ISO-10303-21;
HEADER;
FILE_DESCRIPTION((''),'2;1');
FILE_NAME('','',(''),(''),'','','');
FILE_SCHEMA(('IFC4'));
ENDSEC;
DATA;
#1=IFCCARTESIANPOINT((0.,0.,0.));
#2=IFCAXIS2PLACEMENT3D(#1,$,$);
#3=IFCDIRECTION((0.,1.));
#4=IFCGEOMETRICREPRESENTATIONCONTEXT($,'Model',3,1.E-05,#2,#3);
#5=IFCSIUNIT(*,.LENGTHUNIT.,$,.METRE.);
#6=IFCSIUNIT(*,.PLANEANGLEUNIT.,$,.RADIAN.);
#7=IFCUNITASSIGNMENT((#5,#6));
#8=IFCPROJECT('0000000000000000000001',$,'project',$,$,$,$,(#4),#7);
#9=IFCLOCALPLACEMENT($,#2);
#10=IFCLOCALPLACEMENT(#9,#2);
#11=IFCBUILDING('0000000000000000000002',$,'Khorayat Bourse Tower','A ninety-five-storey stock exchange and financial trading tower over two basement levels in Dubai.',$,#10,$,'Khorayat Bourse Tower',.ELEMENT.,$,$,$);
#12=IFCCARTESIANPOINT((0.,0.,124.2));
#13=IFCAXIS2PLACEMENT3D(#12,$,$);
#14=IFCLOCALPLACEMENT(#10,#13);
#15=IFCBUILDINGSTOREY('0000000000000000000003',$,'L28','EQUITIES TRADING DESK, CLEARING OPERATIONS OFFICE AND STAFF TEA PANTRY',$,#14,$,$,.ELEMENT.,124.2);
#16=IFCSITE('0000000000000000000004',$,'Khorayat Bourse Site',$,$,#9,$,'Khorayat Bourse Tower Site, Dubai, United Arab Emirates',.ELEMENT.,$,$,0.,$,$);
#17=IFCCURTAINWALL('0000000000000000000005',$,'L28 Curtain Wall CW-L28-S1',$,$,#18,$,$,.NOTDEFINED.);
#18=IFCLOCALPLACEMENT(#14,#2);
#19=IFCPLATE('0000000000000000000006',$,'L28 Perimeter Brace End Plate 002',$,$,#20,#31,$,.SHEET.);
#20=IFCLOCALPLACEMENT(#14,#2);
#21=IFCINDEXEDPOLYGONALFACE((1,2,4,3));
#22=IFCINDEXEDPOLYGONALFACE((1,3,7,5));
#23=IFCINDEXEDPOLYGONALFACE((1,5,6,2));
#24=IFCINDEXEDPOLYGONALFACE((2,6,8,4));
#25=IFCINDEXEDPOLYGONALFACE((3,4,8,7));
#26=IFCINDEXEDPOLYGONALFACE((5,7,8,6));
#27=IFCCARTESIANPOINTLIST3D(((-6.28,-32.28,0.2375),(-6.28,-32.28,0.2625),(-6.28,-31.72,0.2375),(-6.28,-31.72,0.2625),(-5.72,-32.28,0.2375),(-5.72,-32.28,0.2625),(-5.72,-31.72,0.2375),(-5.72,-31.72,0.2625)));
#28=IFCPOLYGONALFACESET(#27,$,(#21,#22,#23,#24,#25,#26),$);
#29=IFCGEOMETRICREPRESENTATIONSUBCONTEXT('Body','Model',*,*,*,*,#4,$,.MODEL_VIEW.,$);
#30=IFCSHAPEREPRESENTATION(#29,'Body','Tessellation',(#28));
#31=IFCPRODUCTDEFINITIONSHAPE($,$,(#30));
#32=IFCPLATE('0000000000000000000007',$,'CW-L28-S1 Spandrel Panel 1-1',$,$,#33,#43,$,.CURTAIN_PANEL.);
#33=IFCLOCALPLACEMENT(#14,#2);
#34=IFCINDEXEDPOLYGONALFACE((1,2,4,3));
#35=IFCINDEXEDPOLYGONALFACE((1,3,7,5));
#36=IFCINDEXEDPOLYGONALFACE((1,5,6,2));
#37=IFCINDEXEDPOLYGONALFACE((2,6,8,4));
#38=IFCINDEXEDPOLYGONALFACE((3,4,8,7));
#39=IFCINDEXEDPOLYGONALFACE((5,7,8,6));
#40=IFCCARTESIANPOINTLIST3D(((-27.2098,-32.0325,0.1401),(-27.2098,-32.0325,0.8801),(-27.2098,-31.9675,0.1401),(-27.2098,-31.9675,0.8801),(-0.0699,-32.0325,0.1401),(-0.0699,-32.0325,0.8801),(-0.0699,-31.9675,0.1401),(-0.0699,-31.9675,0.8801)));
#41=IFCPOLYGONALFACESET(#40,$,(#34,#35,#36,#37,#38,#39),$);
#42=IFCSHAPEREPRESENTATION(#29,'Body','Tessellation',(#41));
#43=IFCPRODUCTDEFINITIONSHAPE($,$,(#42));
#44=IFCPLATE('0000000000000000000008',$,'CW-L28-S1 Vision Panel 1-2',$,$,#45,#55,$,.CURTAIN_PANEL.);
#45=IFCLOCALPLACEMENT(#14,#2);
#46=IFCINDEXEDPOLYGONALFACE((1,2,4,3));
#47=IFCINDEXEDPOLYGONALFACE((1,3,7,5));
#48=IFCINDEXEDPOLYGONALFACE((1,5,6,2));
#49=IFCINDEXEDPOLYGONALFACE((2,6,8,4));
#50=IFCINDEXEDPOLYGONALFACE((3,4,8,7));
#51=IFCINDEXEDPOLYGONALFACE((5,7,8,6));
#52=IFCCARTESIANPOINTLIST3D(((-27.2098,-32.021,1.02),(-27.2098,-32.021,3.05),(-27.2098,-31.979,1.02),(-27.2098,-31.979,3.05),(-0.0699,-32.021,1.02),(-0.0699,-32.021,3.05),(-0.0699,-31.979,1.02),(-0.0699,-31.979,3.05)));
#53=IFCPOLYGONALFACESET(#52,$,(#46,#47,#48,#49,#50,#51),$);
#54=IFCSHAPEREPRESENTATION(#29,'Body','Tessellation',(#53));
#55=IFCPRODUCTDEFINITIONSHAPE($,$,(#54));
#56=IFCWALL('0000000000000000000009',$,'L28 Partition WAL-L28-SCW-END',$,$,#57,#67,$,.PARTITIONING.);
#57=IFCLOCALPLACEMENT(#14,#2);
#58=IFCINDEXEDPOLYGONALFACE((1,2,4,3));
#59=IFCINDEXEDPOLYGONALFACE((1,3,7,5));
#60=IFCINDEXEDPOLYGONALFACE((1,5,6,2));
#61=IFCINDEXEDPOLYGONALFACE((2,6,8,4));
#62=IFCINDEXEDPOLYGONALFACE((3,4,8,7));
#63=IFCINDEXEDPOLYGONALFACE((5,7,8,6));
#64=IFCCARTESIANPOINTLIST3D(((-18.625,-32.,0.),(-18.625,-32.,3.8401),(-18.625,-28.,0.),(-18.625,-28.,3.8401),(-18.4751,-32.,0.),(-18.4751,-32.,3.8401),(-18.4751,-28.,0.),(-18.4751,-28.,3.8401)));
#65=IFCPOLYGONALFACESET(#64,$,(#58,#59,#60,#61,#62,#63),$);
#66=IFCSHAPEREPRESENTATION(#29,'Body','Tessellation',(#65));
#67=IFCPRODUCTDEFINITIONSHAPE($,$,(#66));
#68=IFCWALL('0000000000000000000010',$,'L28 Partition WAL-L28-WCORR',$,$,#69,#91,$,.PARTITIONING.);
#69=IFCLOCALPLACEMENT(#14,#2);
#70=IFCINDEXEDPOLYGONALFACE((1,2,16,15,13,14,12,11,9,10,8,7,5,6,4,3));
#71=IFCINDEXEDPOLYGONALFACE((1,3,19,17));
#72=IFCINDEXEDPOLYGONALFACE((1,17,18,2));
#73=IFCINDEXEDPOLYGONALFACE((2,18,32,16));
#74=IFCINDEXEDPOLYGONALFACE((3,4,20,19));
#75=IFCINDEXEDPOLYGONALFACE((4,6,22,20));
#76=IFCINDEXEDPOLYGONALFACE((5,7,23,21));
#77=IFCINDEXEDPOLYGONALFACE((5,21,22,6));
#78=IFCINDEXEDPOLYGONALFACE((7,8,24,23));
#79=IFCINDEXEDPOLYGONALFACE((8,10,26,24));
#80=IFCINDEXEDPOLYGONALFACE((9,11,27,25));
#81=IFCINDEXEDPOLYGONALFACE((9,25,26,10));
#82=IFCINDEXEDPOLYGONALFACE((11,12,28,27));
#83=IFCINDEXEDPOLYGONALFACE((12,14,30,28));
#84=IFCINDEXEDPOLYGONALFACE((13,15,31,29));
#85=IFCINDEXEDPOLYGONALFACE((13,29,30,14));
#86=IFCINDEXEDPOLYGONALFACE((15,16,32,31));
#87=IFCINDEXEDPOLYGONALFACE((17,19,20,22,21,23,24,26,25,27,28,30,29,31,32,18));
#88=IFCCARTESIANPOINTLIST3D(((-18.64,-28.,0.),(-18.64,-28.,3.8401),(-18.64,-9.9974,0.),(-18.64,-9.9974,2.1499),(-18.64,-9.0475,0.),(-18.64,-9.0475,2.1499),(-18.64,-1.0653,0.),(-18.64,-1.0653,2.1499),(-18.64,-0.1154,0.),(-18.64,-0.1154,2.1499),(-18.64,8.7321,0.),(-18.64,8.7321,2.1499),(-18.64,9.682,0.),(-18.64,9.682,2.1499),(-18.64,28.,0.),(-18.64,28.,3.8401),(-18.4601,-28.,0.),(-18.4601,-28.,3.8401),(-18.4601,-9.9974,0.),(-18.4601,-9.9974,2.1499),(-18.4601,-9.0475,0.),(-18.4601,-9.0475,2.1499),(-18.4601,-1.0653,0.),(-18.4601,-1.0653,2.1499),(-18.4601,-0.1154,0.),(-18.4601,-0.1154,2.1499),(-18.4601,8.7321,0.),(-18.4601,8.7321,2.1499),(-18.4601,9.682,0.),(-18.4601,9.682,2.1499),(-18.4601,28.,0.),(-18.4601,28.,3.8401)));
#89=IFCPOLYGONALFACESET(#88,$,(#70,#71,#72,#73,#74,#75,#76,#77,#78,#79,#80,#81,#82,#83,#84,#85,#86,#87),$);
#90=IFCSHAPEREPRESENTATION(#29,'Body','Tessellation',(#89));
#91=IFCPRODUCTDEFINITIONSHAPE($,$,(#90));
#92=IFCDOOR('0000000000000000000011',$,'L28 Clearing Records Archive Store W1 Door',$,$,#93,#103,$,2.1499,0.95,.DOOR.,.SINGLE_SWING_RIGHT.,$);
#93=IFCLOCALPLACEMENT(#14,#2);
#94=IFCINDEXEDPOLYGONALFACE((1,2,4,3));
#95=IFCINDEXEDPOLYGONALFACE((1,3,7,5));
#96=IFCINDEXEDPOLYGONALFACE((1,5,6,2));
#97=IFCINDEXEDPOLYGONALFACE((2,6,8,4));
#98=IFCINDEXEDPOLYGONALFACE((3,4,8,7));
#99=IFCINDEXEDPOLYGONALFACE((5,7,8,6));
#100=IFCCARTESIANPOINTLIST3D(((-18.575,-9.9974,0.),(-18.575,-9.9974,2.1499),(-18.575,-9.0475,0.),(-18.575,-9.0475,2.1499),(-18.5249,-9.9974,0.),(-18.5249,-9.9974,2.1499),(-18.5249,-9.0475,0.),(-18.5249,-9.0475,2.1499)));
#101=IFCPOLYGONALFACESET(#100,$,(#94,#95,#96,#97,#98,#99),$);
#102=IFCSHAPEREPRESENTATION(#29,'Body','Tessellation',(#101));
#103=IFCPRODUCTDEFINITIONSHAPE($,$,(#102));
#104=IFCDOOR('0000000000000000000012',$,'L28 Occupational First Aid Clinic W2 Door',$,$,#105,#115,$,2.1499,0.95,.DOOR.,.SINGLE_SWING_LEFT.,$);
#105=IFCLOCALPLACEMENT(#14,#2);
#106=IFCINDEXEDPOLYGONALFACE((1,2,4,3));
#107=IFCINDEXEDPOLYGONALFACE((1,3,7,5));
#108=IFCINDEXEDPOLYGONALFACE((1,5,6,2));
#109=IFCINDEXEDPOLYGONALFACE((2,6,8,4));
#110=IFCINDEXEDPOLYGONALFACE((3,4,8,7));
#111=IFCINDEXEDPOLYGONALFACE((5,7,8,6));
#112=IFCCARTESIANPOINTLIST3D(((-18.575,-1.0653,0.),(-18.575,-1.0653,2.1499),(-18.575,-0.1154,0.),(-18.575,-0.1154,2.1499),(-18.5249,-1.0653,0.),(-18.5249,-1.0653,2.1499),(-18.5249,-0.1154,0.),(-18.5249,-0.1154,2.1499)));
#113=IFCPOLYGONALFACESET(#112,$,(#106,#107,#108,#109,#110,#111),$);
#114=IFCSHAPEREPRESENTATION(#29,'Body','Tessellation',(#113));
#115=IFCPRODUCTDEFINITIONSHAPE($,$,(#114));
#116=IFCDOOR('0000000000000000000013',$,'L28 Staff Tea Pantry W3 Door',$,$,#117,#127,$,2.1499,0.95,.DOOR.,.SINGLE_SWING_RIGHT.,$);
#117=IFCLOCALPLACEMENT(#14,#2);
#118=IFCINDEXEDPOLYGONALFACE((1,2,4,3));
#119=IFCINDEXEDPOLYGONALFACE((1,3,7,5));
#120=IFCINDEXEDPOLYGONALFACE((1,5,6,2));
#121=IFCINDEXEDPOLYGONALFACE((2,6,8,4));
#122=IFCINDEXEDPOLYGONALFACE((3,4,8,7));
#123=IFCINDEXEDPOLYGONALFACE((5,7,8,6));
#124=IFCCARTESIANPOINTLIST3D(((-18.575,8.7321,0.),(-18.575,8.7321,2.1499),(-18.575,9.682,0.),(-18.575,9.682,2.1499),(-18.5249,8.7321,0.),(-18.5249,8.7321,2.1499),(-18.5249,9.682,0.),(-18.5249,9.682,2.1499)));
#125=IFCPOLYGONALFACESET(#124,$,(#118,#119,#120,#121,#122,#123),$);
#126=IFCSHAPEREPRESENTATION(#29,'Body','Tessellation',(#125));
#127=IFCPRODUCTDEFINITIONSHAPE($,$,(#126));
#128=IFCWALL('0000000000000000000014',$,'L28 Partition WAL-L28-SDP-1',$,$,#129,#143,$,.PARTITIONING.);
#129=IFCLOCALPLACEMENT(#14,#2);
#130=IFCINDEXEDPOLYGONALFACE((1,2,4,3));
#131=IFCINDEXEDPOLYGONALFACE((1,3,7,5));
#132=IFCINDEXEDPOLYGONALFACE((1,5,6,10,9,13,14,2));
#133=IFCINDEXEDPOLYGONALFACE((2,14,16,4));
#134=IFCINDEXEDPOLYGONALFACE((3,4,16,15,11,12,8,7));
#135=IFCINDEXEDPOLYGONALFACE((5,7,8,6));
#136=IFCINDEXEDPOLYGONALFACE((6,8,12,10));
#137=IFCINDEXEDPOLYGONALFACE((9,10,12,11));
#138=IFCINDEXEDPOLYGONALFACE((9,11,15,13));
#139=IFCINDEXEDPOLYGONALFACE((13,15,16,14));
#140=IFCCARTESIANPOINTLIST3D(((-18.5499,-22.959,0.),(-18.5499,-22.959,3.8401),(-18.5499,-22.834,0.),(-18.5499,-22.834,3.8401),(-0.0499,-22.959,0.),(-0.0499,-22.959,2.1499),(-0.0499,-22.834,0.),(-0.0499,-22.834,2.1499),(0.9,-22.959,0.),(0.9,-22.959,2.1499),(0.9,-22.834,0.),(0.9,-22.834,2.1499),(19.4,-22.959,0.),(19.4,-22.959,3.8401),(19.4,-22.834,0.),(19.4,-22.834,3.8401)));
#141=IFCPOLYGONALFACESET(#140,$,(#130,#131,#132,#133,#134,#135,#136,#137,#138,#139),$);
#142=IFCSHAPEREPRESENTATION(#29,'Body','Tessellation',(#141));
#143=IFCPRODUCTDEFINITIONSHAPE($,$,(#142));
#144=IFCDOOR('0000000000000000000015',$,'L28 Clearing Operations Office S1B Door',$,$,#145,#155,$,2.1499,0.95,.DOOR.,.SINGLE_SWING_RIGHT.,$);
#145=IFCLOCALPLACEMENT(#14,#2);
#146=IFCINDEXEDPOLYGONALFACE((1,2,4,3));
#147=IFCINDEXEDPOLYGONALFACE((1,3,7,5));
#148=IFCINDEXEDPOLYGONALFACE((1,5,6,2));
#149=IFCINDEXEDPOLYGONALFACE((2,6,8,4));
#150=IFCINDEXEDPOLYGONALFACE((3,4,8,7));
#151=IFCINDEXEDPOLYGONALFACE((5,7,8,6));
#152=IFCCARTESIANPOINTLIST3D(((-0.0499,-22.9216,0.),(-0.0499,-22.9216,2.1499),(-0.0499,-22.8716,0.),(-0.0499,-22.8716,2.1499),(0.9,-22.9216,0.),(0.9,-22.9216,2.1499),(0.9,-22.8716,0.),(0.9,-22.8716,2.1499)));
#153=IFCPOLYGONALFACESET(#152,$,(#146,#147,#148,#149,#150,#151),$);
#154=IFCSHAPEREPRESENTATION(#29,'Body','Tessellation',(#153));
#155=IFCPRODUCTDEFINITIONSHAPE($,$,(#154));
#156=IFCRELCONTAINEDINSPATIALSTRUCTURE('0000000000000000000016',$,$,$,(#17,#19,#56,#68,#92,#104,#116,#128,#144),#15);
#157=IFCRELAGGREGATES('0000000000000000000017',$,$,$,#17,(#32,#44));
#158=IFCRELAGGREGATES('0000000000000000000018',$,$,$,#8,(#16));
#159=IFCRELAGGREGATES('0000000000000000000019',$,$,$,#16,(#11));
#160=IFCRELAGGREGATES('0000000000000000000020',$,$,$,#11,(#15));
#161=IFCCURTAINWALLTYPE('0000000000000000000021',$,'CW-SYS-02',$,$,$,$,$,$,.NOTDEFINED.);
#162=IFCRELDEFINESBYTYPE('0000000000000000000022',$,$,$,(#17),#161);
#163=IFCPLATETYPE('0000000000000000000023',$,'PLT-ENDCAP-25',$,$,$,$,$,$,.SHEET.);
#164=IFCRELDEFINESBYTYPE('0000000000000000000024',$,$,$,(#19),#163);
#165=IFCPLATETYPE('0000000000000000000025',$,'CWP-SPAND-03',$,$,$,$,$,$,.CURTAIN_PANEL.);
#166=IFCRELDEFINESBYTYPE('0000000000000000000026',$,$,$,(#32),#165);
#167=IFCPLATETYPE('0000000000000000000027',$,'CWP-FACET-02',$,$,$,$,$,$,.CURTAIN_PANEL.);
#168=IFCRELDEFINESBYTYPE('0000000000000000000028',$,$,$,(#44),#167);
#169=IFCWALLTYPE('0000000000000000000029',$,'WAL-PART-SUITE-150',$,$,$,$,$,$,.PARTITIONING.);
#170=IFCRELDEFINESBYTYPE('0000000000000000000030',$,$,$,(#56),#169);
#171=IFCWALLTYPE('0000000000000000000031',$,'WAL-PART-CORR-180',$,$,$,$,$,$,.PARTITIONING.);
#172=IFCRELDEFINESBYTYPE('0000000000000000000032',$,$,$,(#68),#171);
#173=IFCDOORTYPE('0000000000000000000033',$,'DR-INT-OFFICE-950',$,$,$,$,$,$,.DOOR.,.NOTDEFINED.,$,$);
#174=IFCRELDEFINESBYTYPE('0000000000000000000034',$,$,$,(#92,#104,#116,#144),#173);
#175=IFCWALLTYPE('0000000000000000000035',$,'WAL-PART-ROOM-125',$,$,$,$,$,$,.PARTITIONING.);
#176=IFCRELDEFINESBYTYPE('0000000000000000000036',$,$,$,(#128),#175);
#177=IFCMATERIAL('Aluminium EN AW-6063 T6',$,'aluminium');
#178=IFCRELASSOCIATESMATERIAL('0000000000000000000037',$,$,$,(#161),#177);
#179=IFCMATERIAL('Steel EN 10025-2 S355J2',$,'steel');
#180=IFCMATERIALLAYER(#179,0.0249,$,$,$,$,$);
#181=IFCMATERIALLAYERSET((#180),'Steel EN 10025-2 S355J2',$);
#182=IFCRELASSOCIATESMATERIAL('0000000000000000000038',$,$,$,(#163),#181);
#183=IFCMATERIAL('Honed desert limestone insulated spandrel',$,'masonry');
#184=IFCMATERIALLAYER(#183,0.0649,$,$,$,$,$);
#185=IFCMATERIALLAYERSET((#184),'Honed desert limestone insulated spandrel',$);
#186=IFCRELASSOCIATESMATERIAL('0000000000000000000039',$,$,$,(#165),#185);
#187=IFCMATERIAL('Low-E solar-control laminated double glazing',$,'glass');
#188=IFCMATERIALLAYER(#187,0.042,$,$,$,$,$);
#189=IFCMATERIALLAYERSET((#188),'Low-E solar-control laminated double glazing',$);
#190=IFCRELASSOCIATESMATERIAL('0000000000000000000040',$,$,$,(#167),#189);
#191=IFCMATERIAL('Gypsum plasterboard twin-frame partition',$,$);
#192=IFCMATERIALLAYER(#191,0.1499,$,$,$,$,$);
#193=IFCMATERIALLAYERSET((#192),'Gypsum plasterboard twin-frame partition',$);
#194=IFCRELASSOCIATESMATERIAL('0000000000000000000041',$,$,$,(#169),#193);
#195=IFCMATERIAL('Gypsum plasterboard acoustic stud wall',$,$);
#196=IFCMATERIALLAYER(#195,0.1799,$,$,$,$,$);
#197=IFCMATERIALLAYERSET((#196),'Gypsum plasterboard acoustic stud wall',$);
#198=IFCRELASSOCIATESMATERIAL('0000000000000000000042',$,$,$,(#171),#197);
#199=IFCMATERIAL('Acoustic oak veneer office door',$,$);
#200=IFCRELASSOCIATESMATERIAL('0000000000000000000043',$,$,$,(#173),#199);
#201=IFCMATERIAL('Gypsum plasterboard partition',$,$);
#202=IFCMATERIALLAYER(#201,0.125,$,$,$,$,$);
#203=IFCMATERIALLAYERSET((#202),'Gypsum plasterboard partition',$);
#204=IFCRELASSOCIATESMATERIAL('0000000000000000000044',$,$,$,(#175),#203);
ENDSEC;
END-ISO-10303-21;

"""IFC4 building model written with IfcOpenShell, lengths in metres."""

from ifc_helpers import new_model, si_unit, direction, frame, frame_2d, origin, origin_2d, place, context, subcontext, project, spatial, rectangle, extrude, source, transform, mapped, material, layer, layer_set, type_object, element, fill, aggregate, save


model = new_model("IFC4")

# Units and contexts
model_context = context("Model", 3, precision=1e-05, world=origin(), true_north=direction((0.0, 1.0)))
body_context = subcontext(model_context, "Body", "Model", "MODEL_VIEW")
ifc_project = project(units=[si_unit("LENGTHUNIT", "METRE"), si_unit("PLANEANGLEUNIT", "RADIAN")], contexts=[model_context])

# Site, building, storey
site_placement = place(None, origin())
site = spatial("IfcSite", under=ifc_project, at=site_placement, Name="Khorayat Bourse Site", LongName="Khorayat Bourse Tower Site, Dubai, United Arab Emirates", CompositionType="ELEMENT", RefElevation=0.0)
building_placement = place(site_placement, origin())
building = spatial("IfcBuilding", under=site, at=building_placement, Name="Khorayat Bourse Tower", Description="A ninety-five-storey stock exchange and financial trading tower over two basement levels in Dubai.", LongName="Khorayat Bourse Tower", CompositionType="ELEMENT")
storey_placement = place(building_placement, frame((0.0, 0.0, 124.2)))
storey = spatial("IfcBuildingStorey", under=building, at=storey_placement, Name="L28", Description="EQUITIES TRADING DESK, CLEARING OPERATIONS OFFICE AND STAFF TEA PANTRY", CompositionType="ELEMENT", Elevation=124.2)

# Curtain wall
ifc_material_1 = material(Name="Aluminium EN AW-6063 T6", Category="aluminium")
curtain_wall_type = type_object("IfcCurtainWallType", Name="CW-SYS-02", PredefinedType="NOTDEFINED", material=ifc_material_1)
curtain_wall_placement = place(storey_placement, origin())
curtain_wall = element("IfcCurtainWall", 1, at=curtain_wall_placement, inside=storey, type_object=curtain_wall_type, Name="L28 Curtain Wall CW-L28-S1", PredefinedType="NOTDEFINED")

# Plate
ifc_material_2 = material(Name="Steel EN 10025-2 S355J2", Category="steel")
ifc_layer_1 = layer(ifc_material_2, 0.0249)
ifc_layer_set_1 = layer_set([ifc_layer_1], Name="Steel EN 10025-2 S355J2")
plate_type_1 = type_object("IfcPlateType", Name="PLT-ENDCAP-25", PredefinedType="SHEET", material=ifc_layer_set_1)
shared_shape_1 = source(origin(), body_context, "Body", "SweptSolid", [
    extrude(rectangle(XDim=0.5601, YDim=0.5601, at=origin_2d()), origin(), (0.0, 0.0, 1.0), 0.0249),
])
for number, where, z_axis, x_axis, name in (
    (2, (-6.0, -32.0, 0.2375), (0.0, 0.0, 1.0), (1.0, 0.0, 0.0), "L28 Perimeter Brace End Plate 002"),
):
    element("IfcPlate", number, at=place(storey_placement, frame(where, z_axis=z_axis, x_axis=x_axis)), inside=storey, type_object=plate_type_1, Name=name, PredefinedType="SHEET", context=body_context, shape_type="MappedRepresentation", body=[
        mapped(shared_shape_1, transform((0.0, 0.0, 0.0), scale=1.0)),
    ])

# Plates
ifc_material_3 = material(Name="Honed desert limestone insulated spandrel", Category="masonry")
ifc_layer_2 = layer(ifc_material_3, 0.0649)
ifc_layer_set_2 = layer_set([ifc_layer_2], Name="Honed desert limestone insulated spandrel")
plate_type_2 = type_object("IfcPlateType", Name="CWP-SPAND-03", PredefinedType="CURTAIN_PANEL", material=ifc_layer_set_2)
shared_shape_2 = source(origin(), body_context, "Body", "SweptSolid", [
    extrude(rectangle(XDim=27.1399, YDim=0.0649, at=origin_2d()), origin(), (0.0, 0.0, 1.0), 0.74),
])
plate_1_placement = place(storey_placement, frame((-13.6399, -32.0, 0.1401), z_axis=(0.0, 0.0, 1.0), x_axis=(1.0, 0.0, 0.0)))
plate_1 = element("IfcPlate", 3, at=plate_1_placement, type_object=plate_type_2, Name="CW-L28-S1 Spandrel Panel 1-1", PredefinedType="CURTAIN_PANEL", context=body_context, shape_type="MappedRepresentation", body=[
    mapped(shared_shape_2, transform((0.0, 0.0, 0.0), scale=1.0)),
])
ifc_material_4 = material(Name="Low-E solar-control laminated double glazing", Category="glass")
ifc_layer_3 = layer(ifc_material_4, 0.042)
ifc_layer_set_3 = layer_set([ifc_layer_3], Name="Low-E solar-control laminated double glazing")
plate_type_3 = type_object("IfcPlateType", Name="CWP-FACET-02", PredefinedType="CURTAIN_PANEL", material=ifc_layer_set_3)
shared_shape_3 = source(origin(), body_context, "Body", "SweptSolid", [
    extrude(rectangle(XDim=27.1399, YDim=0.042, at=origin_2d()), origin(), (0.0, 0.0, 1.0), 2.03),
])
plate_2_placement = place(storey_placement, frame((-13.6399, -32.0, 1.02), z_axis=(0.0, 0.0, 1.0), x_axis=(1.0, 0.0, 0.0)))
plate_2 = element("IfcPlate", 4, at=plate_2_placement, type_object=plate_type_3, Name="CW-L28-S1 Vision Panel 1-2", PredefinedType="CURTAIN_PANEL", context=body_context, shape_type="MappedRepresentation", body=[
    mapped(shared_shape_3, transform((0.0, 0.0, 0.0), scale=1.0)),
])
aggregate(curtain_wall, [plate_1, plate_2])

# Wall
ifc_material_5 = material(Name="Gypsum plasterboard twin-frame partition")
ifc_layer_4 = layer(ifc_material_5, 0.1499)
ifc_layer_set_4 = layer_set([ifc_layer_4], Name="Gypsum plasterboard twin-frame partition")
wall_type_1 = type_object("IfcWallType", Name="WAL-PART-SUITE-150", PredefinedType="PARTITIONING", material=ifc_layer_set_4)
shared_shape_4 = source(origin(), body_context, "Body", "SweptSolid", [
    extrude(rectangle(XDim=4.0, YDim=0.1499, at=frame_2d((2.0, 0.0))), origin(), (0.0, 0.0, 1.0), 3.8401),
])
wall_1_placement = place(storey_placement, frame((-18.55, -32.0, 0.0), z_axis=(0.0, 0.0, 1.0), x_axis=(0.0, 1.0, 0.0)))
element("IfcWall", 5, at=wall_1_placement, inside=storey, type_object=wall_type_1, Name="L28 Partition WAL-L28-SCW-END", PredefinedType="PARTITIONING", context=body_context, shape_type="MappedRepresentation", body=[
    mapped(shared_shape_4, transform((0.0, 0.0, 0.0), scale=1.0)),
])

# Wall, openings, doors
ifc_material_6 = material(Name="Gypsum plasterboard acoustic stud wall")
ifc_layer_5 = layer(ifc_material_6, 0.1799)
ifc_layer_set_5 = layer_set([ifc_layer_5], Name="Gypsum plasterboard acoustic stud wall")
wall_type_2 = type_object("IfcWallType", Name="WAL-PART-CORR-180", PredefinedType="PARTITIONING", material=ifc_layer_set_5)
shared_shape_5 = source(origin(), body_context, "Body", "SweptSolid", [
    extrude(rectangle(XDim=56.0, YDim=0.1799, at=frame_2d((28.0, 0.0))), origin(), (0.0, 0.0, 1.0), 3.8401),
])
wall_2_placement = place(storey_placement, frame((-18.55, -28.0, 0.0), z_axis=(0.0, 0.0, 1.0), x_axis=(0.0, 1.0, 0.0)))
wall_2 = element("IfcWall", 6, at=wall_2_placement, inside=storey, type_object=wall_type_2, Name="L28 Partition WAL-L28-WCORR", PredefinedType="PARTITIONING", context=body_context, shape_type="MappedRepresentation", body=[
    mapped(shared_shape_5, transform((0.0, 0.0, 0.0), scale=1.0)),
])
shared_shape_6 = source(origin(), body_context, "Body", "SweptSolid", [
    extrude(rectangle(XDim=0.95, YDim=2.1499, at=frame_2d((0.4751, 1.075))), frame((0.0, 0.0999, 0.0), z_axis=(0.0, -1.0, 0.0), x_axis=(1.0, 0.0, 0.0)), (0.0, 0.0, 1.0), 0.2),
])
opening_1_placement = place(wall_2_placement, frame((18.0024, 0.0, 0.0)))
opening_1 = element("IfcOpeningElement", 7, at=opening_1_placement, cuts=wall_2, PredefinedType="OPENING", context=body_context, shape_type="MappedRepresentation", body=[
    mapped(shared_shape_6, transform((0.0, 0.0, 0.0), scale=1.0)),
])
opening_2_placement = place(wall_2_placement, frame((26.9346, 0.0, 0.0)))
opening_2 = element("IfcOpeningElement", 8, at=opening_2_placement, cuts=wall_2, PredefinedType="OPENING", context=body_context, shape_type="MappedRepresentation", body=[
    mapped(shared_shape_6, transform((0.0, 0.0, 0.0), scale=1.0)),
])
opening_3_placement = place(wall_2_placement, frame((36.7319, 0.0, 0.0)))
opening_3 = element("IfcOpeningElement", 9, at=opening_3_placement, cuts=wall_2, PredefinedType="OPENING", context=body_context, shape_type="MappedRepresentation", body=[
    mapped(shared_shape_6, transform((0.0, 0.0, 0.0), scale=1.0)),
])
ifc_material_7 = material(Name="Acoustic oak veneer office door")
door_type_1 = type_object("IfcDoorType", Name="DR-INT-OFFICE-950", OperationType="NOTDEFINED", PredefinedType="DOOR", material=ifc_material_7)
shared_shape_7 = source(origin(), body_context, "Body", "SweptSolid", [
    extrude(rectangle(XDim=0.95, YDim=2.1499, at=frame_2d((0.4751, 1.075))), frame((0.0, 0.0249, 0.0), z_axis=(0.0, -1.0, 0.0), x_axis=(1.0, 0.0, 0.0)), (0.0, 0.0, 1.0), 0.05),
])
door_1_placement = place(opening_1_placement, origin())
door_1 = element("IfcDoor", 10, at=door_1_placement, inside=storey, type_object=door_type_1, Name="L28 Clearing Records Archive Store W1 Door", OperationType="SINGLE_SWING_RIGHT", OverallHeight=2.1499, OverallWidth=0.95, PredefinedType="DOOR", context=body_context, shape_type="MappedRepresentation", body=[
    mapped(shared_shape_7, transform((0.0, 0.0, 0.0), scale=1.0)),
])
fill(opening_1, door_1)
door_2_placement = place(opening_2_placement, origin())
door_2 = element("IfcDoor", 11, at=door_2_placement, inside=storey, type_object=door_type_1, Name="L28 Occupational First Aid Clinic W2 Door", OperationType="SINGLE_SWING_LEFT", OverallHeight=2.1499, OverallWidth=0.95, PredefinedType="DOOR", context=body_context, shape_type="MappedRepresentation", body=[
    mapped(shared_shape_7, transform((0.0, 0.0, 0.0), scale=1.0)),
])
fill(opening_2, door_2)
door_3_placement = place(opening_3_placement, origin())
door_3 = element("IfcDoor", 12, at=door_3_placement, inside=storey, type_object=door_type_1, Name="L28 Staff Tea Pantry W3 Door", OperationType="SINGLE_SWING_RIGHT", OverallHeight=2.1499, OverallWidth=0.95, PredefinedType="DOOR", context=body_context, shape_type="MappedRepresentation", body=[
    mapped(shared_shape_7, transform((0.0, 0.0, 0.0), scale=1.0)),
])
fill(opening_3, door_3)

# Wall, opening, door
ifc_material_8 = material(Name="Gypsum plasterboard partition")
ifc_layer_6 = layer(ifc_material_8, 0.125)
ifc_layer_set_6 = layer_set([ifc_layer_6], Name="Gypsum plasterboard partition")
wall_type_3 = type_object("IfcWallType", Name="WAL-PART-ROOM-125", PredefinedType="PARTITIONING", material=ifc_layer_set_6)
shared_shape_8 = source(origin(), body_context, "Body", "SweptSolid", [
    extrude(rectangle(XDim=37.95, YDim=0.125, at=frame_2d((18.9751, 0.0))), origin(), (0.0, 0.0, 1.0), 3.8401),
])
wall_3_placement = place(storey_placement, frame((-18.55, -22.8965, 0.0), z_axis=(0.0, 0.0, 1.0), x_axis=(1.0, 0.0, 0.0)))
wall_3 = element("IfcWall", 13, at=wall_3_placement, inside=storey, type_object=wall_type_3, Name="L28 Partition WAL-L28-SDP-1", PredefinedType="PARTITIONING", context=body_context, shape_type="MappedRepresentation", body=[
    mapped(shared_shape_8, transform((0.0, 0.0, 0.0), scale=1.0)),
])
shared_shape_9 = source(origin(), body_context, "Body", "SweptSolid", [
    extrude(rectangle(XDim=0.95, YDim=2.1499, at=frame_2d((0.4751, 1.075))), frame((0.0, 0.0725, 0.0), z_axis=(0.0, -1.0, 0.0), x_axis=(1.0, 0.0, 0.0)), (0.0, 0.0, 1.0), 0.145),
])
opening_4_placement = place(wall_3_placement, frame((18.5, 0.0, 0.0)))
opening_4 = element("IfcOpeningElement", 14, at=opening_4_placement, cuts=wall_3, PredefinedType="OPENING", context=body_context, shape_type="MappedRepresentation", body=[
    mapped(shared_shape_9, transform((0.0, 0.0, 0.0), scale=1.0)),
])
door_4_placement = place(opening_4_placement, origin())
door_4 = element("IfcDoor", 15, at=door_4_placement, inside=storey, type_object=door_type_1, Name="L28 Clearing Operations Office S1B Door", OperationType="SINGLE_SWING_RIGHT", OverallHeight=2.1499, OverallWidth=0.95, PredefinedType="DOOR", context=body_context, shape_type="MappedRepresentation", body=[
    mapped(shared_shape_7, transform((0.0, 0.0, 0.0), scale=1.0)),
])
fill(opening_4, door_4)

save(model, "model.ifc")
